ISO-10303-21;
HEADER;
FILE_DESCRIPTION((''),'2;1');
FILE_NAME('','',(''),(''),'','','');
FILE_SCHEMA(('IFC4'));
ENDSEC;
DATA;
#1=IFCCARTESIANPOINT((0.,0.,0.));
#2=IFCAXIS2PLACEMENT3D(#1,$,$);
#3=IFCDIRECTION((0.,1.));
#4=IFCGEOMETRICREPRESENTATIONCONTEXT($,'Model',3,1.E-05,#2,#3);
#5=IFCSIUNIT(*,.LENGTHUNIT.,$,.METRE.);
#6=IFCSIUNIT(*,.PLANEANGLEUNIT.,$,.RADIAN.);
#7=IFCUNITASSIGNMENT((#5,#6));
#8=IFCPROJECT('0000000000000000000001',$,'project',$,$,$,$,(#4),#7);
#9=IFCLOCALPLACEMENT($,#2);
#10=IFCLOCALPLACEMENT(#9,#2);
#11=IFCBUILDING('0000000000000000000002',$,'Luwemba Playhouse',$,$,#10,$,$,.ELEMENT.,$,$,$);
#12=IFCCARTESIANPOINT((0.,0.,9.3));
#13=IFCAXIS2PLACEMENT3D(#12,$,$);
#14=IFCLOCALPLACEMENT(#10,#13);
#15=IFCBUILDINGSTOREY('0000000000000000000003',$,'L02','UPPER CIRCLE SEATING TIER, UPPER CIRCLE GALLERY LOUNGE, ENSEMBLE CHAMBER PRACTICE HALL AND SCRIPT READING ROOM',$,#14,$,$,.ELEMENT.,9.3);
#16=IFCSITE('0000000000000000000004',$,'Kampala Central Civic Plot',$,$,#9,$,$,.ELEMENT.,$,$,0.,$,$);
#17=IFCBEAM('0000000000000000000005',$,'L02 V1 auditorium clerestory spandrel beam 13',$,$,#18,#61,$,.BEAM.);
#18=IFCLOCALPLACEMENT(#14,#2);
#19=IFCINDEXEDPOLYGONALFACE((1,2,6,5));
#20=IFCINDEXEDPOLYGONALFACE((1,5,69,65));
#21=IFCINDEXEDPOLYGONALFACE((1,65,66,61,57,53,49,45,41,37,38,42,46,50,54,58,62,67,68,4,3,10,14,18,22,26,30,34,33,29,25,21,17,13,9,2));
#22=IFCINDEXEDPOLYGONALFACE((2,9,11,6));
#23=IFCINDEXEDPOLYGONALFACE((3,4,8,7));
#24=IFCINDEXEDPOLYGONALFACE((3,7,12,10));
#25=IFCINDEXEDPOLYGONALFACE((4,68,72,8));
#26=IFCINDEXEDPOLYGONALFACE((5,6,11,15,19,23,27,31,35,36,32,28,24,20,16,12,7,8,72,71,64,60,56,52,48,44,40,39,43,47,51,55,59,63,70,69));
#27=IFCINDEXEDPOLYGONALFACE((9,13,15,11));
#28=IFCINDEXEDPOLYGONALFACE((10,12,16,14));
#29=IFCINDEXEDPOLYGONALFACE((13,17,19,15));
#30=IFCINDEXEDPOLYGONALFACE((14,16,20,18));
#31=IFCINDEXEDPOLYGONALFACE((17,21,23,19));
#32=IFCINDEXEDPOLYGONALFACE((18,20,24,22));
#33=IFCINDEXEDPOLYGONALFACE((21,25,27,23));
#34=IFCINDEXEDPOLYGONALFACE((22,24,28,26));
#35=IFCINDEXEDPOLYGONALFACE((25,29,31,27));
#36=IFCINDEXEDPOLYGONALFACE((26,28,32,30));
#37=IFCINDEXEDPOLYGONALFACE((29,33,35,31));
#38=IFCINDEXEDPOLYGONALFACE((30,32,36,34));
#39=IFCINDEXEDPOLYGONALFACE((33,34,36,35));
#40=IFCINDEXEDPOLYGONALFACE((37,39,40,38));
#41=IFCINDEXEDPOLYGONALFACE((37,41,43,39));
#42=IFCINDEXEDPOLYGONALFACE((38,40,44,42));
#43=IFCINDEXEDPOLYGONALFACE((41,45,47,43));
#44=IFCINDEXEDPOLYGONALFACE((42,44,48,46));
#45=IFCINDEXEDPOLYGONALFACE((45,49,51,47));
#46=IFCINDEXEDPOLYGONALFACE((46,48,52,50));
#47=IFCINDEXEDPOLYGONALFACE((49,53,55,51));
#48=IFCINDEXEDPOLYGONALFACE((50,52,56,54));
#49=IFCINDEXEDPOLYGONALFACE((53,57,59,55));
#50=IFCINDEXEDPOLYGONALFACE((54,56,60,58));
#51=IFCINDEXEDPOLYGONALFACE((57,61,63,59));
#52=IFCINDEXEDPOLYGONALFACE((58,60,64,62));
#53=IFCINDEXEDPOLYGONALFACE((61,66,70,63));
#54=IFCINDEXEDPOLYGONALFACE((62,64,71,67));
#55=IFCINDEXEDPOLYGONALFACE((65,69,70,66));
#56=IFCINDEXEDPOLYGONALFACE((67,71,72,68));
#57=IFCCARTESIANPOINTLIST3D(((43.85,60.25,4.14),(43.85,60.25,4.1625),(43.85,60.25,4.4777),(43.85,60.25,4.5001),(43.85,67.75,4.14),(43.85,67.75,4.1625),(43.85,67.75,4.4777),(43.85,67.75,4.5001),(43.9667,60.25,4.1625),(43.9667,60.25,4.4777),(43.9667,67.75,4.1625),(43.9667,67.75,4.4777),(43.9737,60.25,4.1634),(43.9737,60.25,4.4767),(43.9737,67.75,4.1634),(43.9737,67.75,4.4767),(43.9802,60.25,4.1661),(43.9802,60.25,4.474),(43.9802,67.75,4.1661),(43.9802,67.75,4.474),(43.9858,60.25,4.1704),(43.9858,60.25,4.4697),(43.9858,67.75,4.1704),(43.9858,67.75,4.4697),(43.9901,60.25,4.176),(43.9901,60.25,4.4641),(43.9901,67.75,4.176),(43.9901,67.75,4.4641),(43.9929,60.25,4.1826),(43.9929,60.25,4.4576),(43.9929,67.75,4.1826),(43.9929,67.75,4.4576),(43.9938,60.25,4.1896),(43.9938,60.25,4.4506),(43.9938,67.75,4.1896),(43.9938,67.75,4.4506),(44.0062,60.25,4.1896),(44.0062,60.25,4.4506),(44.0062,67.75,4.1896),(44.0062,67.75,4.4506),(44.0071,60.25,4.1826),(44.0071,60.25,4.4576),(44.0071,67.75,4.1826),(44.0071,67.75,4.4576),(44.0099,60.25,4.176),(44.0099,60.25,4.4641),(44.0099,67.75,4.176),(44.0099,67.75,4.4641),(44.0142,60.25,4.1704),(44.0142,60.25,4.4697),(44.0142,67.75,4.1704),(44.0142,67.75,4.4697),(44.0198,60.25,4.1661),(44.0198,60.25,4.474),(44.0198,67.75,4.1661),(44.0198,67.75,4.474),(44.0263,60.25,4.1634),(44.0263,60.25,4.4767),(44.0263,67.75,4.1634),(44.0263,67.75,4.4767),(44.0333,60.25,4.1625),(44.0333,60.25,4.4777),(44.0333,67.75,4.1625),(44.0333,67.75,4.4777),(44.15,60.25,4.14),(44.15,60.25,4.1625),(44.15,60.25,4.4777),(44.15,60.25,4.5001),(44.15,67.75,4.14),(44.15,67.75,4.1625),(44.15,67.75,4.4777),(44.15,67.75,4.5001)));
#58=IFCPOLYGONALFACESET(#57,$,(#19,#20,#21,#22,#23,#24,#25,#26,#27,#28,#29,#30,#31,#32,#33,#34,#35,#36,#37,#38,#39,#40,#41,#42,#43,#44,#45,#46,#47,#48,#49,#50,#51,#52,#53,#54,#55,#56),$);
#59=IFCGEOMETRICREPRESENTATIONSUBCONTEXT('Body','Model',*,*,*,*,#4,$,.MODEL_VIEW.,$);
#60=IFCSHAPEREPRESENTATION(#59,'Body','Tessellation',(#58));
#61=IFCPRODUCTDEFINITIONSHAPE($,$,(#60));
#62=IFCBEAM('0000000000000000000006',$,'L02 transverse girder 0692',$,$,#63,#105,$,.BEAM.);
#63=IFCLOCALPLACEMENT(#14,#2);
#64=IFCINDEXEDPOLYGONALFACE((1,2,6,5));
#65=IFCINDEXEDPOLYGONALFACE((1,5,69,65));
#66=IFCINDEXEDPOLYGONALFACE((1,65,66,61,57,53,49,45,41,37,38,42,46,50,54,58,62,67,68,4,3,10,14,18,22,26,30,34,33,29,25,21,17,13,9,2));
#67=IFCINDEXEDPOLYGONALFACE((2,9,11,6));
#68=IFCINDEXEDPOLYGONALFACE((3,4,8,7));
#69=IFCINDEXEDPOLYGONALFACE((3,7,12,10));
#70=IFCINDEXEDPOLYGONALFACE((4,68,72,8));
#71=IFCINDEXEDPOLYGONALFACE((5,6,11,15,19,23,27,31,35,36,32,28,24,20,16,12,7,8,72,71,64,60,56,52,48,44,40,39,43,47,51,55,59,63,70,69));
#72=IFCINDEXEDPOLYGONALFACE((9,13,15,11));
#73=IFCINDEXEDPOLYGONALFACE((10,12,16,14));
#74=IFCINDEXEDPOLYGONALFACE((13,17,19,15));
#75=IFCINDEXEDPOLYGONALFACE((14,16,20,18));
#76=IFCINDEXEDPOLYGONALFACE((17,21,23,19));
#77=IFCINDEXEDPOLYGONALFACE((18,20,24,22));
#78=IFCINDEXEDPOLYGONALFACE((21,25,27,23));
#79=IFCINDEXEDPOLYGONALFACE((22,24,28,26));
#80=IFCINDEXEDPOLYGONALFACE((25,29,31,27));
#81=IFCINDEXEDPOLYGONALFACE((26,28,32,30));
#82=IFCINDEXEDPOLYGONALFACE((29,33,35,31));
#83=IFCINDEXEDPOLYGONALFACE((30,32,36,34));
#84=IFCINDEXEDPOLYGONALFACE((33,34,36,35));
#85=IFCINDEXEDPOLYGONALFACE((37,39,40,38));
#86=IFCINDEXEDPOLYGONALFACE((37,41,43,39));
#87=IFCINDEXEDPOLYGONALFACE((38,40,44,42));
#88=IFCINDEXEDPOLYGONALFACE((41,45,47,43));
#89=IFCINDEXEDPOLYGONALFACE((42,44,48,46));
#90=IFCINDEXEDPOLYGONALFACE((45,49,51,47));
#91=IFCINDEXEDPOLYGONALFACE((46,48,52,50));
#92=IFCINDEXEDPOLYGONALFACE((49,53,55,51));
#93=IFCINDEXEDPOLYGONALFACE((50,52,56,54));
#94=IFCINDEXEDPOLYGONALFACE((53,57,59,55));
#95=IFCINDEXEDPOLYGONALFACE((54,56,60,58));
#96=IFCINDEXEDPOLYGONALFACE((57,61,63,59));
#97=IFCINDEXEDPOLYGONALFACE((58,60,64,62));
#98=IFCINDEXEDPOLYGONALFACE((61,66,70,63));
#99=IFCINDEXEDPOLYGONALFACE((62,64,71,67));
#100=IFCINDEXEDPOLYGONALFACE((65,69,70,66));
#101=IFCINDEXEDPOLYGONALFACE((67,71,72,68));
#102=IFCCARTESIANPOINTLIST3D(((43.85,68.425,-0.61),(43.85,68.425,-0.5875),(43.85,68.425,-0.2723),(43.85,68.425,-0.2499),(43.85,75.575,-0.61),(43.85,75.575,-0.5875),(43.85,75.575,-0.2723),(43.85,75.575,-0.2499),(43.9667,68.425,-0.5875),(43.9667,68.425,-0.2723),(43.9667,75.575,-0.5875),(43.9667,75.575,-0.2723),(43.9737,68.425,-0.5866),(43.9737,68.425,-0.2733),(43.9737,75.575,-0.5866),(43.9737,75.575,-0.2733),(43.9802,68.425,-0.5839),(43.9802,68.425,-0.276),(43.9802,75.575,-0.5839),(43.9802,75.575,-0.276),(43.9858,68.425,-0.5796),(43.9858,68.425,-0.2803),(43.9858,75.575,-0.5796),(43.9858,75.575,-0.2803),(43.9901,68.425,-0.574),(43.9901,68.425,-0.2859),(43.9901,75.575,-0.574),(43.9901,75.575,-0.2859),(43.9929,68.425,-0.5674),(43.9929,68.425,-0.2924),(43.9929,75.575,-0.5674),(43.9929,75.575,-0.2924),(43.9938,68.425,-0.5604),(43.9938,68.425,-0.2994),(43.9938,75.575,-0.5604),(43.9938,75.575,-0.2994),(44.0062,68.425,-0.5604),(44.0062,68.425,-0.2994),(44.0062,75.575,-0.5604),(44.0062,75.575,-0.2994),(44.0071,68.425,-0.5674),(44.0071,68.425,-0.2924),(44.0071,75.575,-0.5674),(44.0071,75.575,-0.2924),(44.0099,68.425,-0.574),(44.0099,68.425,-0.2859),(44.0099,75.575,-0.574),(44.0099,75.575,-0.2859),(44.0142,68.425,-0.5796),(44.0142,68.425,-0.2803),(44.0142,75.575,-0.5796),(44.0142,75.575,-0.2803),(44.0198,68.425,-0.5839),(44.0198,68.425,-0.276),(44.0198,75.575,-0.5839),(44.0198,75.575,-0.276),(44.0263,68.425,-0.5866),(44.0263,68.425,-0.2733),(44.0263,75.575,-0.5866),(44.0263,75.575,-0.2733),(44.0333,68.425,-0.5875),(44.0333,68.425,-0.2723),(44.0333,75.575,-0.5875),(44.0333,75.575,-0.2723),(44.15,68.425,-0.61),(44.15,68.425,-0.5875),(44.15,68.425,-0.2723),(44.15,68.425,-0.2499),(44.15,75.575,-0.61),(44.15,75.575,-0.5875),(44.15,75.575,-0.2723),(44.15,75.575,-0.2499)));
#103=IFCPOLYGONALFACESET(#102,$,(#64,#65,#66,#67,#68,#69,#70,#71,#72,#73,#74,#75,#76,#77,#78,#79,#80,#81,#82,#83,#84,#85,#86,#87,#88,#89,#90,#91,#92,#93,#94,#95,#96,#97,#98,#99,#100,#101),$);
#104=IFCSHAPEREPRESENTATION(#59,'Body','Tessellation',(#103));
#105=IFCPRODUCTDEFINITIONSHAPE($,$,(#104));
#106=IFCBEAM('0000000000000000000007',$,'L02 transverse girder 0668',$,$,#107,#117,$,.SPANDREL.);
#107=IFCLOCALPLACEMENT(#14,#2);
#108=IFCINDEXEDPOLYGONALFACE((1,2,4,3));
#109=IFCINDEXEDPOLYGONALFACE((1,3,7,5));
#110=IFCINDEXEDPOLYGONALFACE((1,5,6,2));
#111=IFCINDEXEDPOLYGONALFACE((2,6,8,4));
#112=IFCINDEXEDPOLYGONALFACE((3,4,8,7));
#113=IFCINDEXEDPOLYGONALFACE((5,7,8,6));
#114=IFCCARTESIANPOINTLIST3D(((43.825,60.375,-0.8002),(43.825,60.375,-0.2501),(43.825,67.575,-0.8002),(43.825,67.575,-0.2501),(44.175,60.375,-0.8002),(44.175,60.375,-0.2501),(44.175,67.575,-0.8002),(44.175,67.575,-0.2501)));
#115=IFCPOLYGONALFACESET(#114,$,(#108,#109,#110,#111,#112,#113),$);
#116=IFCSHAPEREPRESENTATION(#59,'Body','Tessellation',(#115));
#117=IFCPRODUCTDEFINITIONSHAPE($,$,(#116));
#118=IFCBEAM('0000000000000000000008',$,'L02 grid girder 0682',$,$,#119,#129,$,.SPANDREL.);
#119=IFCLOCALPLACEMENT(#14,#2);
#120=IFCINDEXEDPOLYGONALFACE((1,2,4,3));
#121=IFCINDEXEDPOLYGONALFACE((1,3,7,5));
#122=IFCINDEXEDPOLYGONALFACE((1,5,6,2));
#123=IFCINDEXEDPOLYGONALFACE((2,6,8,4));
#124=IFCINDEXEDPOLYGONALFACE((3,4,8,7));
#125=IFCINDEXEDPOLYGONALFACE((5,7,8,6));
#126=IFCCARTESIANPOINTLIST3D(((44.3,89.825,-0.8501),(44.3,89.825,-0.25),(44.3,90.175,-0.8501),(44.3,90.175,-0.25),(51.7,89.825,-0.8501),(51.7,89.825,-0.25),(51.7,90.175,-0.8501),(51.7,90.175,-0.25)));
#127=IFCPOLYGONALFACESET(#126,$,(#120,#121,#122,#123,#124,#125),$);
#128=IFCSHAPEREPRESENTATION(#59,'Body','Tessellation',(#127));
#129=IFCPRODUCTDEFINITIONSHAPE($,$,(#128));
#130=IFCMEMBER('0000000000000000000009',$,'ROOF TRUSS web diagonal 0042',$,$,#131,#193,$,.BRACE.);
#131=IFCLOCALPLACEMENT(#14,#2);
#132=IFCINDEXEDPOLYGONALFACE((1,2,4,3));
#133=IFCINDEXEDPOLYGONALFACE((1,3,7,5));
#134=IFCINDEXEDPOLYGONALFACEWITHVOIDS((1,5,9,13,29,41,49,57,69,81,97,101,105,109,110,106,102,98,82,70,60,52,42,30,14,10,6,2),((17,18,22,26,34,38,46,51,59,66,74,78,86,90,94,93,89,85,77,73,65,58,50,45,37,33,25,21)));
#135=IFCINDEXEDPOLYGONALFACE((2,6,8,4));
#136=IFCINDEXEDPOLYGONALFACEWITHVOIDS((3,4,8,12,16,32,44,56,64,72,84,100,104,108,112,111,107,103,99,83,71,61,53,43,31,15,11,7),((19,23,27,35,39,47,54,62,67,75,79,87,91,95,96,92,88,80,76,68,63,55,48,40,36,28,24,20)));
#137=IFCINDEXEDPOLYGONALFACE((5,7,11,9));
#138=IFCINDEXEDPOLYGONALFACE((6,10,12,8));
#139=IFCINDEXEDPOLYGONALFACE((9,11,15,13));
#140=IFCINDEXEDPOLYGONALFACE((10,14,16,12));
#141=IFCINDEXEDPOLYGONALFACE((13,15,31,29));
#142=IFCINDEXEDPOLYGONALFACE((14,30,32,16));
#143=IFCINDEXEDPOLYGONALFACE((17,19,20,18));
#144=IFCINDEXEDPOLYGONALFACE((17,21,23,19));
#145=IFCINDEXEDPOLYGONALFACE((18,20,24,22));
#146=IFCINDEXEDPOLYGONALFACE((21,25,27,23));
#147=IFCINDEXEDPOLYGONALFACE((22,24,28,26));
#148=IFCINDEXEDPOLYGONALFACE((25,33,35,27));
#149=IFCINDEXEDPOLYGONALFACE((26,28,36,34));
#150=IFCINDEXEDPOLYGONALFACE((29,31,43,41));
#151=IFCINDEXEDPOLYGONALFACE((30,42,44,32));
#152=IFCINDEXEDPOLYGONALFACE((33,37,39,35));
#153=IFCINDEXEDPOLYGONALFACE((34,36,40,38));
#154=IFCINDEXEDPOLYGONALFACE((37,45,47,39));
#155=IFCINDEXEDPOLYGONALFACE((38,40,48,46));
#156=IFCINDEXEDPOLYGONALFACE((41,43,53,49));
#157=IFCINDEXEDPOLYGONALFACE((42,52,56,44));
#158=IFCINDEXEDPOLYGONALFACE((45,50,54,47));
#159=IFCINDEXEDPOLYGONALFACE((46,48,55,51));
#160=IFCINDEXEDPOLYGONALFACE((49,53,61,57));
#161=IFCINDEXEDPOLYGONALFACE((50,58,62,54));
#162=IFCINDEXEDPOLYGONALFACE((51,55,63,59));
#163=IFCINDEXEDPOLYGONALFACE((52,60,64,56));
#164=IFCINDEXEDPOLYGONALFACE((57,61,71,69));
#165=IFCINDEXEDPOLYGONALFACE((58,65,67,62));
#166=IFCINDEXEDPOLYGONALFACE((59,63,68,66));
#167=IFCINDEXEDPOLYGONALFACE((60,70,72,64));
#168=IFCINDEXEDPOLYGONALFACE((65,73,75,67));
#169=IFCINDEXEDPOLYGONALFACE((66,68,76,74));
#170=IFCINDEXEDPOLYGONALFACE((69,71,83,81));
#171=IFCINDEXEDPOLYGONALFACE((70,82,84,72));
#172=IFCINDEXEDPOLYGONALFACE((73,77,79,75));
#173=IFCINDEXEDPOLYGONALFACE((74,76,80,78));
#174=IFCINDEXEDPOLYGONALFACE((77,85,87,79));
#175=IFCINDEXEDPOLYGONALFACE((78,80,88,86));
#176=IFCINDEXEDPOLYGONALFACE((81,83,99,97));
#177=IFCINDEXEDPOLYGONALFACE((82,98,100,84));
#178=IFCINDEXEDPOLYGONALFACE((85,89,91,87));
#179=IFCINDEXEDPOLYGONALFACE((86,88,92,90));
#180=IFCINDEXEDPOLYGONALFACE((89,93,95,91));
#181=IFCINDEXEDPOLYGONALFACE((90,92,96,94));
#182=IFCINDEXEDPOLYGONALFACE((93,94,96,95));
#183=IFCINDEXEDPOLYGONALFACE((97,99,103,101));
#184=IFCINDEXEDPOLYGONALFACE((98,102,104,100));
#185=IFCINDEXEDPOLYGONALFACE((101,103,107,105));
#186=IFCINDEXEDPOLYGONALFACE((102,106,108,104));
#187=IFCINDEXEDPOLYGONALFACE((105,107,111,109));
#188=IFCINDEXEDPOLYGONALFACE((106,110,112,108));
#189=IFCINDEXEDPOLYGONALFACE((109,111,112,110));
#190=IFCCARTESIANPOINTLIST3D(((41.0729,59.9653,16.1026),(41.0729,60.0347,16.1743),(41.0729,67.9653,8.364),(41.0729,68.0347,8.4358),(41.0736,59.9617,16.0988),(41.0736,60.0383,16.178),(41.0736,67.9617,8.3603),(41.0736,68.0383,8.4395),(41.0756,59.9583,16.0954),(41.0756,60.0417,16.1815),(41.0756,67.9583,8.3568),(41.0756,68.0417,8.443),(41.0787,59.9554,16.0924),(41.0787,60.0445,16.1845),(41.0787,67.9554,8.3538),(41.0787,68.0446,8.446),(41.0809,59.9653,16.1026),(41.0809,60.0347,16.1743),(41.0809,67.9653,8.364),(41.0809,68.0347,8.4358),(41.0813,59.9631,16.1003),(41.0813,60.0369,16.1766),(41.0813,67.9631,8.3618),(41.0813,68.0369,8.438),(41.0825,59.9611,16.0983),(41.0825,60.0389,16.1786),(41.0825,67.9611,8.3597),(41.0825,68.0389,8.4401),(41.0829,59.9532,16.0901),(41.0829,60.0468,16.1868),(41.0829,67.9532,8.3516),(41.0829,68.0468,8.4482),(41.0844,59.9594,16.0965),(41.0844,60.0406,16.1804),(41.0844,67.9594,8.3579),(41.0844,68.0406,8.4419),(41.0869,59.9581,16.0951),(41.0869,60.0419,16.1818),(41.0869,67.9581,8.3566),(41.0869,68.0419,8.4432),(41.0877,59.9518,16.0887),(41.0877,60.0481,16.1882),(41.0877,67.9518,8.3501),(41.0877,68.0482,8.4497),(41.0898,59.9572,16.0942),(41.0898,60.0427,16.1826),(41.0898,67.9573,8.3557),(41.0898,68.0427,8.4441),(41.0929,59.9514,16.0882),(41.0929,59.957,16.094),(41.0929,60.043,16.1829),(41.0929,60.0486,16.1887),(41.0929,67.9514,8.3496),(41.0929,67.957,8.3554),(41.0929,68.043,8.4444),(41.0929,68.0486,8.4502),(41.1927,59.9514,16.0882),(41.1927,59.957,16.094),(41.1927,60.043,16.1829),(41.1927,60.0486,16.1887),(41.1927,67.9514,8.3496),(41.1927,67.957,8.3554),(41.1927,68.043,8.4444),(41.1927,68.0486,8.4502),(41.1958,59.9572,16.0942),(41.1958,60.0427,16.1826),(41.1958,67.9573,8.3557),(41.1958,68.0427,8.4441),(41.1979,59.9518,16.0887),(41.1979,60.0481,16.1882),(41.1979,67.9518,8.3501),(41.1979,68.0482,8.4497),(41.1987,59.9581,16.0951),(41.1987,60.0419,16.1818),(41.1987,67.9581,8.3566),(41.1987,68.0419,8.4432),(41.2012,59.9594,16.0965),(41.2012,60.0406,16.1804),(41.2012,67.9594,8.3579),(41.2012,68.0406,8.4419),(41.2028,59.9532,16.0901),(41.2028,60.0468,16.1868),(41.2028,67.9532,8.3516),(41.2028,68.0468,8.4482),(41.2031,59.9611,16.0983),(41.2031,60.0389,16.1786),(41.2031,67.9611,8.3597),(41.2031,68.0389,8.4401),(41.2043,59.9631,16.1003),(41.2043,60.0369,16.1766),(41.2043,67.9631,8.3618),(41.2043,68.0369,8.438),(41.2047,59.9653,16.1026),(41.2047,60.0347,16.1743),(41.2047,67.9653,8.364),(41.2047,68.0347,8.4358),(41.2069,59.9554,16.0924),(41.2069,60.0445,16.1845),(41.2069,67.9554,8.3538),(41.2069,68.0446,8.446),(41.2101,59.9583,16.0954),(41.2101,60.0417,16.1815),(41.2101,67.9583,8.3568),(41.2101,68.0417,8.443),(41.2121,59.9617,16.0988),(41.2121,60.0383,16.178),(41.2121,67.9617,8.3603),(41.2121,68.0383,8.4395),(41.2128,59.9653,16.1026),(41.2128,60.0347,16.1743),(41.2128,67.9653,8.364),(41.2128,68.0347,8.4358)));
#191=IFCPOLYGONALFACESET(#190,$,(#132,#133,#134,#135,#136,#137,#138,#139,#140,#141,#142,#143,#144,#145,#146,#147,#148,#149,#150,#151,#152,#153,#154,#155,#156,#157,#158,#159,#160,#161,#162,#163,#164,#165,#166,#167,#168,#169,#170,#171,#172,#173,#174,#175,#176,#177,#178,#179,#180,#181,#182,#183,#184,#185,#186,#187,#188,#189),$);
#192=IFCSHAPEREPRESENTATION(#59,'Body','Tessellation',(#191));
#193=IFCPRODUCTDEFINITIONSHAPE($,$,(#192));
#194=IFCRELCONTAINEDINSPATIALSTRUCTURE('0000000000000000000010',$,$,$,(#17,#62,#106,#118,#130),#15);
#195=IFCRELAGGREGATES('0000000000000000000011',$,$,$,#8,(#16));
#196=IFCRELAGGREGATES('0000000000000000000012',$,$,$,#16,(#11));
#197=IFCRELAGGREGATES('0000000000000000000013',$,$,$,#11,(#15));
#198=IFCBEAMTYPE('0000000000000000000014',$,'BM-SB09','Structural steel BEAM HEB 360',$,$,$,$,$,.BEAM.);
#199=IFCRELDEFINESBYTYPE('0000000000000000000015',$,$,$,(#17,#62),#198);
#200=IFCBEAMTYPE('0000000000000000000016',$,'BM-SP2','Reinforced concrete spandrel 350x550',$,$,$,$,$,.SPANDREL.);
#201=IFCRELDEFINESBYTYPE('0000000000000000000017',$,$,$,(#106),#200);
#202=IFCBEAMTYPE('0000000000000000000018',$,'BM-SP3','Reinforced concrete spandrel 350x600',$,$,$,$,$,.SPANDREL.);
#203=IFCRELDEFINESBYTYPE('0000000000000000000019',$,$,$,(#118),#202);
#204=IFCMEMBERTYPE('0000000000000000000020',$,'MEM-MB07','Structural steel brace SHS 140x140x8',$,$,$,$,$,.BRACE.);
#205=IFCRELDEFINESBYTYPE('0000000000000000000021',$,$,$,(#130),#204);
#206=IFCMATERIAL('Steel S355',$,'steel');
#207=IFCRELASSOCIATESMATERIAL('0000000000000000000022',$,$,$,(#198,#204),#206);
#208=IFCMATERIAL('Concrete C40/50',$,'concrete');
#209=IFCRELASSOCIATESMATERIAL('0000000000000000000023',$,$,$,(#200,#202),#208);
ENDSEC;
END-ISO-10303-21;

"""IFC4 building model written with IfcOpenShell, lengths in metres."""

from ifc_helpers import new_model, si_unit, direction, frame, origin, origin_2d, place, context, subcontext, project, spatial, rectangle, hollow_rectangle, i_section, extrude, material, material_profile, profile_set, type_object, element, save


model = new_model("IFC4")

# Units and contexts
model_context = context("Model", 3, precision=1e-05, world=origin(), true_north=direction((0.0, 1.0)))
body_context = subcontext(model_context, "Body", "Model", "MODEL_VIEW")
ifc_project = project(units=[si_unit("LENGTHUNIT", "METRE"), si_unit("PLANEANGLEUNIT", "RADIAN")], contexts=[model_context])

# Site, building, storey
site_placement = place(None, origin())
site = spatial("IfcSite", under=ifc_project, at=site_placement, Name="Kampala Central Civic Plot", CompositionType="ELEMENT", RefElevation=0.0)
building_placement = place(site_placement, origin())
building = spatial("IfcBuilding", under=site, at=building_placement, Name="Luwemba Playhouse", CompositionType="ELEMENT")
storey_placement = place(building_placement, frame((0.0, 0.0, 9.3)))
storey = spatial("IfcBuildingStorey", under=building, at=storey_placement, Name="L02", Description="UPPER CIRCLE SEATING TIER, UPPER CIRCLE GALLERY LOUNGE, ENSEMBLE CHAMBER PRACTICE HALL AND SCRIPT READING ROOM", CompositionType="ELEMENT", Elevation=9.3)

# Shared definitions
ifc_material_1 = material(Name="Concrete C40/50", Category="concrete")

# Beams
ifc_material_2 = material(Name="Steel S355", Category="steel")
ifc_material_profile_1 = material_profile(ifc_material_2, i_section(OverallWidth=0.3, OverallDepth=0.3601, WebThickness=0.0125, FlangeThickness=0.0225, FilletRadius=0.0271, at=origin_2d()))
ifc_profile_set_1 = profile_set([ifc_material_profile_1], Name="Steel S355")
beam_type_1 = type_object("IfcBeamType", Name="BM-SB09", Description="Structural steel BEAM HEB 360", PredefinedType="BEAM", material=ifc_profile_set_1)
beam_1_placement = place(storey_placement, frame((44.0, 60.25, 4.3201), z_axis=(0.0, 1.0, 0.0), x_axis=(-1.0, 0.0, 0.0)))
element("IfcBeam", 1, at=beam_1_placement, inside=storey, type_object=beam_type_1, Name="L02 V1 auditorium clerestory spandrel beam 13", PredefinedType="BEAM", context=body_context, shape_type="SweptSolid", body=[
    extrude(i_section(OverallWidth=0.3, OverallDepth=0.3601, WebThickness=0.0125, FlangeThickness=0.0225, FilletRadius=0.0271, at=origin_2d()), origin(), (0.0, 0.0, 1.0), 7.5),
])
beam_2_placement = place(storey_placement, frame((44.0, 68.425, -0.4299), z_axis=(0.0, 1.0, 0.0), x_axis=(-1.0, 0.0, 0.0)))
element("IfcBeam", 2, at=beam_2_placement, inside=storey, type_object=beam_type_1, Name="L02 transverse girder 0692", PredefinedType="BEAM", context=body_context, shape_type="SweptSolid", body=[
    extrude(i_section(OverallWidth=0.3, OverallDepth=0.3601, WebThickness=0.0125, FlangeThickness=0.0225, FilletRadius=0.0271, at=origin_2d()), origin(), (0.0, 0.0, 1.0), 7.1499),
])
ifc_material_profile_2 = material_profile(ifc_material_1, rectangle(XDim=0.3501, YDim=0.55, at=origin_2d()))
ifc_profile_set_2 = profile_set([ifc_material_profile_2], Name="Concrete C40/50")
beam_type_2 = type_object("IfcBeamType", Name="BM-SP2", Description="Reinforced concrete spandrel 350x550", PredefinedType="SPANDREL", material=ifc_profile_set_2)
beam_3_placement = place(storey_placement, frame((44.0, 60.375, -0.5251), z_axis=(0.0, 1.0, 0.0), x_axis=(-1.0, 0.0, 0.0)))
element("IfcBeam", 3, at=beam_3_placement, inside=storey, type_object=beam_type_2, Name="L02 transverse girder 0668", PredefinedType="SPANDREL", context=body_context, shape_type="SweptSolid", body=[
    extrude(rectangle(XDim=0.3501, YDim=0.55, at=origin_2d()), origin(), (0.0, 0.0, 1.0), 7.2),
])
ifc_material_profile_3 = material_profile(ifc_material_1, rectangle(XDim=0.3501, YDim=0.6001, at=origin_2d()))
ifc_profile_set_3 = profile_set([ifc_material_profile_3], Name="Concrete C40/50")
beam_type_3 = type_object("IfcBeamType", Name="BM-SP3", Description="Reinforced concrete spandrel 350x600", PredefinedType="SPANDREL", material=ifc_profile_set_3)
beam_4_placement = place(storey_placement, frame((44.3, 90.0, -0.55), z_axis=(1.0, 0.0, 0.0), x_axis=(0.0, 1.0, 0.0)))
element("IfcBeam", 4, at=beam_4_placement, inside=storey, type_object=beam_type_3, Name="L02 grid girder 0682", PredefinedType="SPANDREL", context=body_context, shape_type="SweptSolid", body=[
    extrude(rectangle(XDim=0.3501, YDim=0.6001, at=origin_2d()), origin(), (0.0, 0.0, 1.0), 7.3999),
])

# Member
ifc_material_profile_4 = material_profile(ifc_material_2, hollow_rectangle(XDim=0.1399, YDim=0.1399, WallThickness=0.0081, InnerFilletRadius=0.012, OuterFilletRadius=0.02, at=origin_2d()))
ifc_profile_set_4 = profile_set([ifc_material_profile_4], Name="Steel S355")
member_type_1 = type_object("IfcMemberType", Name="MEM-MB07", Description="Structural steel brace SHS 140x140x8", PredefinedType="BRACE", material=ifc_profile_set_4)
member_1_placement = place(storey_placement, frame((41.1428, 68.0, 8.3999), z_axis=(0.0, -0.718755, 0.695263), x_axis=(1.0, 0.0, 0.0)))
element("IfcMember", 5, at=member_1_placement, inside=storey, type_object=member_type_1, Name="ROOF TRUSS web diagonal 0042", PredefinedType="BRACE", context=body_context, shape_type="SweptSolid", body=[
    extrude(hollow_rectangle(XDim=0.1399, YDim=0.1399, WallThickness=0.0081, InnerFilletRadius=0.012, OuterFilletRadius=0.02, at=origin_2d()), origin(), (0.0, 0.0, 1.0), 11.1304),
])

save(model, "model.ifc")
